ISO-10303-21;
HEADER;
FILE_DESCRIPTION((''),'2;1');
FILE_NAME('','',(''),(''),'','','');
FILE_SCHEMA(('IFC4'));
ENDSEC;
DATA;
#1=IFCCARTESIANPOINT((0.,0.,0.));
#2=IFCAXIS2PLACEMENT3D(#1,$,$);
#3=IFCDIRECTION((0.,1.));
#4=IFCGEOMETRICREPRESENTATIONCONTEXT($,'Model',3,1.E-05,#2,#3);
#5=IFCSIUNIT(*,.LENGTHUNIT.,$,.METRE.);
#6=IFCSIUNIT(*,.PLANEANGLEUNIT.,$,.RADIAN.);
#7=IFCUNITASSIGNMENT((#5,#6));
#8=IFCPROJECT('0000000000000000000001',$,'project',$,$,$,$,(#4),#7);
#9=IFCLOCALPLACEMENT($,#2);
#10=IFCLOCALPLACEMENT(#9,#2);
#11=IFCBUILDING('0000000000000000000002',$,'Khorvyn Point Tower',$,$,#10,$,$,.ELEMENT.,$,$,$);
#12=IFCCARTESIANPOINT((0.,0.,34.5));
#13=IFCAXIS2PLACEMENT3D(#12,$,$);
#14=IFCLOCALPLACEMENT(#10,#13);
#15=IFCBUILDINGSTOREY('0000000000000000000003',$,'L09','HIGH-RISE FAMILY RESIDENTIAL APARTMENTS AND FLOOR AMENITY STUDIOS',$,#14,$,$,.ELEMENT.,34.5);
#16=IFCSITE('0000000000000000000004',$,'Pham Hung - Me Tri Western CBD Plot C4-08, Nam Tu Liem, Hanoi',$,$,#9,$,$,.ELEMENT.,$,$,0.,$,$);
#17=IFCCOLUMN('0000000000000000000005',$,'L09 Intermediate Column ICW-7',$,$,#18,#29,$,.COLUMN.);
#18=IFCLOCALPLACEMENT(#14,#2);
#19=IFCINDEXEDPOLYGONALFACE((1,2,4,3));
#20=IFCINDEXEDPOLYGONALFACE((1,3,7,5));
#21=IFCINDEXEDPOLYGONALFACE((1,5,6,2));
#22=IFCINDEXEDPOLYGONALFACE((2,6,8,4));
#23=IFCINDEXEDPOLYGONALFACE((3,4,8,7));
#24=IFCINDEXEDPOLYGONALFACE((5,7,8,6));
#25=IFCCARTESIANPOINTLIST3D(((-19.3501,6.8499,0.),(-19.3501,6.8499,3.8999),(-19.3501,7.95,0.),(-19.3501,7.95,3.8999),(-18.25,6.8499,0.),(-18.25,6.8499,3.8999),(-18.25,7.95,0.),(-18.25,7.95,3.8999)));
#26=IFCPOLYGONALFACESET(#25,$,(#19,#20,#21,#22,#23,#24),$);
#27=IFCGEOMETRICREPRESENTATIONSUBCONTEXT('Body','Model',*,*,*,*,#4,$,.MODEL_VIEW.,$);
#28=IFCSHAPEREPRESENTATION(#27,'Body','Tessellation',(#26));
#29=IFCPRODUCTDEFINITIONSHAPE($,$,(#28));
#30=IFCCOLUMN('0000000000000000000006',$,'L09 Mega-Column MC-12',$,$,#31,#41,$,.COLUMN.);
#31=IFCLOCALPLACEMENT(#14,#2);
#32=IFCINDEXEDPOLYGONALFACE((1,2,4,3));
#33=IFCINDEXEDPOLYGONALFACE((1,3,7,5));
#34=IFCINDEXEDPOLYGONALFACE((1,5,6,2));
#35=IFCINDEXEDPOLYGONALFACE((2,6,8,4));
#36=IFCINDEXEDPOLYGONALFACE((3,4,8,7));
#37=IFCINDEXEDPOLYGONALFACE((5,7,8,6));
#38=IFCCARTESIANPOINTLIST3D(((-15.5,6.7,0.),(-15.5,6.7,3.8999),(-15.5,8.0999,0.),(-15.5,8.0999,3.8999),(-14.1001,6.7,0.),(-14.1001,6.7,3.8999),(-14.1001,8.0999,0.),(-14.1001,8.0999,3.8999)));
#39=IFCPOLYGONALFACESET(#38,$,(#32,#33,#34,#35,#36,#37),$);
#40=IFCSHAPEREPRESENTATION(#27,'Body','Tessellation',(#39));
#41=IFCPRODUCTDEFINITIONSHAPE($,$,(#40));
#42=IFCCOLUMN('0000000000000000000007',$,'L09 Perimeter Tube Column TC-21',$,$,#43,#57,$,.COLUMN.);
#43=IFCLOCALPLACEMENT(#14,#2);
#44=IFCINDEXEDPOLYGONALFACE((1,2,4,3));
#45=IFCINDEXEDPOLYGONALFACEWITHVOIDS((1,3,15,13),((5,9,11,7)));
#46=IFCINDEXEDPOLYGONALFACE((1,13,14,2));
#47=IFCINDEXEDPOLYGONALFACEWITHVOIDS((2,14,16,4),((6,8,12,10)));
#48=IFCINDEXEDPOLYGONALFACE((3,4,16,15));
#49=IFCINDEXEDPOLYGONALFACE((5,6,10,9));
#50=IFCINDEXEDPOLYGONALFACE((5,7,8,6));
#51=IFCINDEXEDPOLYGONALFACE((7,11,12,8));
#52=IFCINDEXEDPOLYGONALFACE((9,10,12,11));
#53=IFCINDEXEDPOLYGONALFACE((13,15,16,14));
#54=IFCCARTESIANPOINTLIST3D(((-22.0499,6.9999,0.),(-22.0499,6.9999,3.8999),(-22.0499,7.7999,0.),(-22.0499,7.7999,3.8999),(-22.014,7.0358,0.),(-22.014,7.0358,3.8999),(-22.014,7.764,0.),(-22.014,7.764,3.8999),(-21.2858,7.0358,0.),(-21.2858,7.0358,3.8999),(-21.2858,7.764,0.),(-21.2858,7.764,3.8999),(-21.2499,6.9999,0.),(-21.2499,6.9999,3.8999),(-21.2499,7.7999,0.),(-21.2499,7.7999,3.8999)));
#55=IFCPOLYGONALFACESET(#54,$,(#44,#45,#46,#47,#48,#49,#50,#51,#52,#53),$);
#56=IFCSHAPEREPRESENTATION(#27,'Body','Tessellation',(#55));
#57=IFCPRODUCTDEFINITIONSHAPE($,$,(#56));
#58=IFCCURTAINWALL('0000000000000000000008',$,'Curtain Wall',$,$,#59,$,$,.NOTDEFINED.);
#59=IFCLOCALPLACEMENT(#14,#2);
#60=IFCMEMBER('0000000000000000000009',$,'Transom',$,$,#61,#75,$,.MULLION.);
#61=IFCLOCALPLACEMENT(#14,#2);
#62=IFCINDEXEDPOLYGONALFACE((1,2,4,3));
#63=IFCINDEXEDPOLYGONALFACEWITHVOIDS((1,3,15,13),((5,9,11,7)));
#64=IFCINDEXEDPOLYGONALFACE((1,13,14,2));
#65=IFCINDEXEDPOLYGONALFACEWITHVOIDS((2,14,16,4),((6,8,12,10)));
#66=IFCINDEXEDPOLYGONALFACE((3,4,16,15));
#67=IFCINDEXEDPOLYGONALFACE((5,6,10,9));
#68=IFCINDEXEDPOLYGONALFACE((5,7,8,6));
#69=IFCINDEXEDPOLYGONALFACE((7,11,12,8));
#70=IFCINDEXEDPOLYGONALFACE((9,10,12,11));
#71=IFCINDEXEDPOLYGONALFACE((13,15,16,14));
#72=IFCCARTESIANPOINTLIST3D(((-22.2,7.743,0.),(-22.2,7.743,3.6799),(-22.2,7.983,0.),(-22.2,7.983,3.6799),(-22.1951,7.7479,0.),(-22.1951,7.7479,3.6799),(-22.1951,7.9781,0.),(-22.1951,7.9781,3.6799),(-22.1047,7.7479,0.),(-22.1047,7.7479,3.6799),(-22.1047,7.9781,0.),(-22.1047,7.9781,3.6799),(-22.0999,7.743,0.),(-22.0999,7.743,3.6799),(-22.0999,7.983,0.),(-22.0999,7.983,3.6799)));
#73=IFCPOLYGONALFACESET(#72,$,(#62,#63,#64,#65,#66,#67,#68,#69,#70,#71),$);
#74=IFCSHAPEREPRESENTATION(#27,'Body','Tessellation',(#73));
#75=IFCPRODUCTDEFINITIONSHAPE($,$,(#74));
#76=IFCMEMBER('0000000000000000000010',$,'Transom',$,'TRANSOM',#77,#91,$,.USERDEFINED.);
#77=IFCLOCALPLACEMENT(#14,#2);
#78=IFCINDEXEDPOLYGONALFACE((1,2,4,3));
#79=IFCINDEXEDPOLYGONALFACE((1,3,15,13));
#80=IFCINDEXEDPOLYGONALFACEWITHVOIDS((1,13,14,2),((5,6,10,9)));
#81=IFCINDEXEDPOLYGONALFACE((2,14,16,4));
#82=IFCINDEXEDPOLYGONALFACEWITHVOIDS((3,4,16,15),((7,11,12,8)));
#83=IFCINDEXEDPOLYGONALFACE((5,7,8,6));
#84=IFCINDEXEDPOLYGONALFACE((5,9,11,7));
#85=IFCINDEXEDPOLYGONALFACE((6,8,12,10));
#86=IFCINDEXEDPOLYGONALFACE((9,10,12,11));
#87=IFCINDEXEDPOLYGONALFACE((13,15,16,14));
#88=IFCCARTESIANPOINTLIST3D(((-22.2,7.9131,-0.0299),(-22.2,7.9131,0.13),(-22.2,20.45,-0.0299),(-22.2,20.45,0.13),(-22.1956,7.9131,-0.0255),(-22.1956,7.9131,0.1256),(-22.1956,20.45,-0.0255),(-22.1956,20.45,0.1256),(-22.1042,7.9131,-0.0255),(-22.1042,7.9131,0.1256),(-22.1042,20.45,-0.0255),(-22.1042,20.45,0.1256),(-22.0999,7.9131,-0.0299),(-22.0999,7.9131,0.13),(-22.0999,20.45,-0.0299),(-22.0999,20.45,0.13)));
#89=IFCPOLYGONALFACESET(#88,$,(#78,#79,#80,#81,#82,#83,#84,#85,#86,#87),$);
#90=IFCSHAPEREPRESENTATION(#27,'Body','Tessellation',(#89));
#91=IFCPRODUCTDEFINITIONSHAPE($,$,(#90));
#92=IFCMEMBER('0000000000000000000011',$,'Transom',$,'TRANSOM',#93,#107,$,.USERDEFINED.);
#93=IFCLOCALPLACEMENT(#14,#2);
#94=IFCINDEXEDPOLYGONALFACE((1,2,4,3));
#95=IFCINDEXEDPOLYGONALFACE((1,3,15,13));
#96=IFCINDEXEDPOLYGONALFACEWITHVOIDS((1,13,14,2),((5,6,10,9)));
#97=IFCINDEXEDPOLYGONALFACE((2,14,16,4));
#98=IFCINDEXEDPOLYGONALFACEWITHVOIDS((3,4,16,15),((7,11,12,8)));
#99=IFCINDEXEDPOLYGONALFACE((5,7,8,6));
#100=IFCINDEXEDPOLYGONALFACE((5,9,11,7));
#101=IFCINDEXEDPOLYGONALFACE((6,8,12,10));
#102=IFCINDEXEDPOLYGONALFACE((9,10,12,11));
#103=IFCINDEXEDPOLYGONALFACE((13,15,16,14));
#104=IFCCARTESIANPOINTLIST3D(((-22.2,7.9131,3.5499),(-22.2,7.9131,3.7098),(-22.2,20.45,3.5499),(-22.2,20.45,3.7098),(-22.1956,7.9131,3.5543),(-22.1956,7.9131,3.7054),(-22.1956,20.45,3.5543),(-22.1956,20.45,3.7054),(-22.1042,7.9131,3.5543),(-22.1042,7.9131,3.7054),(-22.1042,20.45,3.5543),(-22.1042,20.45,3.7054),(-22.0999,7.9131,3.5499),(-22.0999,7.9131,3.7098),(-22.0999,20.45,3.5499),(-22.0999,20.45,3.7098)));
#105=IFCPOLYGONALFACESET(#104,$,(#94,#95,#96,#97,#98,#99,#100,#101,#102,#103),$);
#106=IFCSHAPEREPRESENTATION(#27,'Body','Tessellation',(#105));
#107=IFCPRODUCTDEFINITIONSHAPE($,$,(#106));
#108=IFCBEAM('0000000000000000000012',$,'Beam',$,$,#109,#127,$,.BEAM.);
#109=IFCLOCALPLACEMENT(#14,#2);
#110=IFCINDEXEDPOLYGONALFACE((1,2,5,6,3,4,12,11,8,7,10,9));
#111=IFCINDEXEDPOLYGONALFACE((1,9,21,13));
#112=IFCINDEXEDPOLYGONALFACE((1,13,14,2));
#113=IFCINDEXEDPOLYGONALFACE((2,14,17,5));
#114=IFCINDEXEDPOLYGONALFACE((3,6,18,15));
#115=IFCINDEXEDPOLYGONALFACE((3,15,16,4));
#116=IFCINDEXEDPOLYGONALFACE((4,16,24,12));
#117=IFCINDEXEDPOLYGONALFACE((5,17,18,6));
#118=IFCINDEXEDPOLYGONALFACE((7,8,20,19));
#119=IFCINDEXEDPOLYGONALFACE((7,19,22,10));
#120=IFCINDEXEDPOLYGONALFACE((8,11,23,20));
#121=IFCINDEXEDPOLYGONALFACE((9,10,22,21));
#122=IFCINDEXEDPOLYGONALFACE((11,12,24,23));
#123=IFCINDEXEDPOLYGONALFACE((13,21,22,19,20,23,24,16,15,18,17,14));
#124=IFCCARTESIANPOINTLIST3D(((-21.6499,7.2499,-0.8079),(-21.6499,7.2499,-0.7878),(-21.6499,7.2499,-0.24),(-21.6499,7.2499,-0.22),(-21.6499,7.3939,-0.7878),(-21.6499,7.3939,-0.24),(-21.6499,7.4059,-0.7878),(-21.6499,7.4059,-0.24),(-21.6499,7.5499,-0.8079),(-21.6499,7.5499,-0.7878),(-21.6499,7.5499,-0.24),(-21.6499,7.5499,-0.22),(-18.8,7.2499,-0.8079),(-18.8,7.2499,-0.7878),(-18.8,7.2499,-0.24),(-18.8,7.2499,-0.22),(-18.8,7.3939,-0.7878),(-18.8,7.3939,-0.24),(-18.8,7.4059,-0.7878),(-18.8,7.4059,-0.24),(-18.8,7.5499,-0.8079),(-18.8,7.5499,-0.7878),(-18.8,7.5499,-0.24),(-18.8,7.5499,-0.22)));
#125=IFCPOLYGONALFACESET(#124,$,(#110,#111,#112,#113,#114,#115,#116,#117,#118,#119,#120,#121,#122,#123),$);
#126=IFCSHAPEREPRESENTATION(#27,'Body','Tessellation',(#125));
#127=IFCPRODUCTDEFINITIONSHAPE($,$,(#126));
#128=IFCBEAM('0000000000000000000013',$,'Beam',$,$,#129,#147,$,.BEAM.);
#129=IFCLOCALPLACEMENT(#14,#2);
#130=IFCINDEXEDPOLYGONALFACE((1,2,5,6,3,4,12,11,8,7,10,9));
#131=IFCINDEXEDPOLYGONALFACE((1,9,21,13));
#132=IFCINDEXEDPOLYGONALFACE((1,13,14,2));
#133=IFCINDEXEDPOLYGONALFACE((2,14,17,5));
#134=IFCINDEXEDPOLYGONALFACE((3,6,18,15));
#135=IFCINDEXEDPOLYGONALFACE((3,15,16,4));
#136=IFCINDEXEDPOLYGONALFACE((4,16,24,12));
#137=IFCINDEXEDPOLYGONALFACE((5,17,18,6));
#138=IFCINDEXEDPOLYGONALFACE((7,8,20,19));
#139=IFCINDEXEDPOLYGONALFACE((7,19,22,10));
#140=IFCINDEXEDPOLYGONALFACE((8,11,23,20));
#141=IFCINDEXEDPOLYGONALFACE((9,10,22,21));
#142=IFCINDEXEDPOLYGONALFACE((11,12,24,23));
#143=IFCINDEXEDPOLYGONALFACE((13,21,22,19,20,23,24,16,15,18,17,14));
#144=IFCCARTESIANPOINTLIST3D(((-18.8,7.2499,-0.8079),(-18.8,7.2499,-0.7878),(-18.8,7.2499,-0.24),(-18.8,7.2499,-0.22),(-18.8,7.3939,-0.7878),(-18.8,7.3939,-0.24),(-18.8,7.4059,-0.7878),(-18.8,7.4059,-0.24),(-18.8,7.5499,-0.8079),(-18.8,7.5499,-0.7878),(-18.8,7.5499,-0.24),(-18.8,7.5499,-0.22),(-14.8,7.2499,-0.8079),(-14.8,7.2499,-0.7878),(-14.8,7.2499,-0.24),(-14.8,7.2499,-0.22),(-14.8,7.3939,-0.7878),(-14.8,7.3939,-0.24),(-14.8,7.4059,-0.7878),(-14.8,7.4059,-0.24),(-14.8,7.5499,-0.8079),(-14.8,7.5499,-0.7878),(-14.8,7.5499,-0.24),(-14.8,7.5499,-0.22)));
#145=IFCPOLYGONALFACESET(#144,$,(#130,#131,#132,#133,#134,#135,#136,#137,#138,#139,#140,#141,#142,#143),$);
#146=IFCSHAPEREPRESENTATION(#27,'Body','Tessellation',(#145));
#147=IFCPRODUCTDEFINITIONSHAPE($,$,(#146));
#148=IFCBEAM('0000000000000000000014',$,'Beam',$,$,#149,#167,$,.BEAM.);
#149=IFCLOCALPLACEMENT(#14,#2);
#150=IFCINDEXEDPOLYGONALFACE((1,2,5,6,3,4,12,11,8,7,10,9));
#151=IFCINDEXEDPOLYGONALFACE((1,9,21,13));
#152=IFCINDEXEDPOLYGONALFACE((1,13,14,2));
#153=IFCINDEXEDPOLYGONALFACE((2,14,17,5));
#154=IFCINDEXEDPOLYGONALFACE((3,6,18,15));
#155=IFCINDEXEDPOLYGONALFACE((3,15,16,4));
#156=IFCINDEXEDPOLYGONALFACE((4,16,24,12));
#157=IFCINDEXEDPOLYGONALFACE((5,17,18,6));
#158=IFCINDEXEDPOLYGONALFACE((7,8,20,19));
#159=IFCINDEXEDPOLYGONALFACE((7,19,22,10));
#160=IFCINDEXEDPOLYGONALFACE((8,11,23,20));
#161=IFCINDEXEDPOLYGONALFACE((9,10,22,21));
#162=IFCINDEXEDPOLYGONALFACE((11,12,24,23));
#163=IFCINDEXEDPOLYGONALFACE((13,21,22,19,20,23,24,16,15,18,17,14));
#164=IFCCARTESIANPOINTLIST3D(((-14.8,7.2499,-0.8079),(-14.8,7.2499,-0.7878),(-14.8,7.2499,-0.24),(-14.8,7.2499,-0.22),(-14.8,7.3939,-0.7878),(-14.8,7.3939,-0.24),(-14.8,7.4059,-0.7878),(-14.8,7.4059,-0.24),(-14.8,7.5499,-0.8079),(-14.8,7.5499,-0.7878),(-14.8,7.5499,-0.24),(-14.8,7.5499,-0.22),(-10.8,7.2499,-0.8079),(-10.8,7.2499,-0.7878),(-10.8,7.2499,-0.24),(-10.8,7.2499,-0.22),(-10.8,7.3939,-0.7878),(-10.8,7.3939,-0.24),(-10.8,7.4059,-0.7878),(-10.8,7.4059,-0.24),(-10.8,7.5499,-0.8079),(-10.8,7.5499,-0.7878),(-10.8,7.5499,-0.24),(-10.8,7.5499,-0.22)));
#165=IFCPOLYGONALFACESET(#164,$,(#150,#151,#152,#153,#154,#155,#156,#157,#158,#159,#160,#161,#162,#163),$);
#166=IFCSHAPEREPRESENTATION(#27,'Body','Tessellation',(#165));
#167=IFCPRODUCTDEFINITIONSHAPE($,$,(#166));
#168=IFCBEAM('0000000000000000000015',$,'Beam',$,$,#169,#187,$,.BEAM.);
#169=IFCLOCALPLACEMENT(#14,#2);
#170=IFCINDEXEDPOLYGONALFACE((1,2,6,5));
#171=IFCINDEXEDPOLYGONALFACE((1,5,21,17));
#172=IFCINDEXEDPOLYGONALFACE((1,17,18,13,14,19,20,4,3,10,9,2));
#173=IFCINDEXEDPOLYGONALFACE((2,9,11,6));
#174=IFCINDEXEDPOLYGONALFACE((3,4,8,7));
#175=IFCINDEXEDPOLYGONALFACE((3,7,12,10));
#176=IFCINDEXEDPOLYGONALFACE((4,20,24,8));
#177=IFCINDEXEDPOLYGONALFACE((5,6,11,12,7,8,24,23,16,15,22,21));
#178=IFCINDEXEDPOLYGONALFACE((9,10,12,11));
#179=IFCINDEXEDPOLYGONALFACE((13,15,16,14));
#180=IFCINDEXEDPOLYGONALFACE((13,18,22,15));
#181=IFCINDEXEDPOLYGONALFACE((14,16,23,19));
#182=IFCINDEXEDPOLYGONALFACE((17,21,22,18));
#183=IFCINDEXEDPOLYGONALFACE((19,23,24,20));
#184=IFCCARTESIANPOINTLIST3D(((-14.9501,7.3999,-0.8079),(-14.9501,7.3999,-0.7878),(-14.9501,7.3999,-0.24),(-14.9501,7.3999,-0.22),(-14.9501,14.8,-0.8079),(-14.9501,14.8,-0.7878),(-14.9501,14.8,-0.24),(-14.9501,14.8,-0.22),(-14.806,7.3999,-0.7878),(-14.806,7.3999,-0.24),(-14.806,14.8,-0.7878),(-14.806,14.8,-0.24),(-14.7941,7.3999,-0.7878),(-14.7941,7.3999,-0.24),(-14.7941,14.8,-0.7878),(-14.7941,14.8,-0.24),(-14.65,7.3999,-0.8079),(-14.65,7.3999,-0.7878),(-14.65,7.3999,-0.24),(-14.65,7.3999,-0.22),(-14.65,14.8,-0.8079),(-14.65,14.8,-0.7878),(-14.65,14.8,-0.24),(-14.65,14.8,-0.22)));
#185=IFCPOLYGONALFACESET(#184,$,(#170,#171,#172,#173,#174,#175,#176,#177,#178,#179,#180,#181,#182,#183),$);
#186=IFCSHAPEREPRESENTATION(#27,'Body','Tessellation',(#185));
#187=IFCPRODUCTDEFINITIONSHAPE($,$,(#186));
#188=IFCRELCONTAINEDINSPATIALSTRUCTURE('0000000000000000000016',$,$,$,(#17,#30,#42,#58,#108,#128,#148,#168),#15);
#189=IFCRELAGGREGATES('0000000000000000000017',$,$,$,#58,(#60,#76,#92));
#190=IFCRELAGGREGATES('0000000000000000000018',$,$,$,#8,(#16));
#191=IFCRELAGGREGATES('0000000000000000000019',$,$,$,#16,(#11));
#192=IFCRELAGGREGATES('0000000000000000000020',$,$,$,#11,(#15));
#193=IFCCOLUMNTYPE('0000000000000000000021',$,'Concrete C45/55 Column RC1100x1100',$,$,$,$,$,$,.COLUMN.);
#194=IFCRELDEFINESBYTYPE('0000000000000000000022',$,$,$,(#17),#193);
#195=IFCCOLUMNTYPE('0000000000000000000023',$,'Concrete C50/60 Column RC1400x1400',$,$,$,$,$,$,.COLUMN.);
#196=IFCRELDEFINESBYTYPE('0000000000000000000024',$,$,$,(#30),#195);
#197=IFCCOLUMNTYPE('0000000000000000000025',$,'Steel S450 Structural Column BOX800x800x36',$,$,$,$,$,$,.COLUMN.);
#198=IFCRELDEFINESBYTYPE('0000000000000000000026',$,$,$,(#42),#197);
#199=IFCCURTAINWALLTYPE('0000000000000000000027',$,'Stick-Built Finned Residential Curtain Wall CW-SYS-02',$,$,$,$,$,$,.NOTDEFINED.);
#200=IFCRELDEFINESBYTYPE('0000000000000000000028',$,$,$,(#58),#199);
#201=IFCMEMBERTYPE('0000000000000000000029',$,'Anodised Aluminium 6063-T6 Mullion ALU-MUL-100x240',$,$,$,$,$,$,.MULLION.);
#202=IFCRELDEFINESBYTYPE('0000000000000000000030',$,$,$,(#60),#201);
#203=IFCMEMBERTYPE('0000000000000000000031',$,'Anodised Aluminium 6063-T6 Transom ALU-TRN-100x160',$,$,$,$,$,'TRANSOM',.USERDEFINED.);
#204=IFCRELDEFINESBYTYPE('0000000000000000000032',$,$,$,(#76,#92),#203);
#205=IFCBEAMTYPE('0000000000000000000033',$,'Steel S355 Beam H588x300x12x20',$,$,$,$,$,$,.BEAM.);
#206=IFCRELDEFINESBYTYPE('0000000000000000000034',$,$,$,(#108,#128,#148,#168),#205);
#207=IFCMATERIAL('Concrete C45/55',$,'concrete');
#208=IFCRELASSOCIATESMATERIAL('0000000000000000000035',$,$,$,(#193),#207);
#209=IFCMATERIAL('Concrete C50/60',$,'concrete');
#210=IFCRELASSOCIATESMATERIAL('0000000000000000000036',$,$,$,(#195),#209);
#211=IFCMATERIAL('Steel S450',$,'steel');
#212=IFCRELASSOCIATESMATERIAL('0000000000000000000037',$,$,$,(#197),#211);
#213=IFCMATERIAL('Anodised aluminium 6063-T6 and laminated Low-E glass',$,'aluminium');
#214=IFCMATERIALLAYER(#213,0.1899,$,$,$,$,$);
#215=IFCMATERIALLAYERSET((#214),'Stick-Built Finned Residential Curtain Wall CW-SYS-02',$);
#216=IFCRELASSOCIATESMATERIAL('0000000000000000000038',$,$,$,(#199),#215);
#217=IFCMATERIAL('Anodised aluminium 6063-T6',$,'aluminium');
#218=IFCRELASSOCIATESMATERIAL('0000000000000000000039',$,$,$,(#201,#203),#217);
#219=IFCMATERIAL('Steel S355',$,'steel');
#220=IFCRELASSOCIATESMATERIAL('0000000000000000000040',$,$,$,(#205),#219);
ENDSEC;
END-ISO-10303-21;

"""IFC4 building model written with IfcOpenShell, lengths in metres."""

from ifc_helpers import new_model, si_unit, direction, frame, origin, origin_2d, place, context, subcontext, project, spatial, rectangle, hollow_rectangle, i_section, extrude, material, layer, layer_set, material_profile, profile_set, type_object, element, aggregate, save


model = new_model("IFC4")

# Units and contexts
model_context = context("Model", 3, precision=1e-05, world=origin(), true_north=direction((0.0, 1.0)))
body_context = subcontext(model_context, "Body", "Model", "MODEL_VIEW")
ifc_project = project(units=[si_unit("LENGTHUNIT", "METRE"), si_unit("PLANEANGLEUNIT", "RADIAN")], contexts=[model_context])

# Site, building, storey
site_placement = place(None, origin())
site = spatial("IfcSite", under=ifc_project, at=site_placement, Name="Pham Hung - Me Tri Western CBD Plot C4-08, Nam Tu Liem, Hanoi", CompositionType="ELEMENT", RefElevation=0.0)
building_placement = place(site_placement, origin())
building = spatial("IfcBuilding", under=site, at=building_placement, Name="Khorvyn Point Tower", CompositionType="ELEMENT")
storey_placement = place(building_placement, frame((0.0, 0.0, 34.5)))
storey = spatial("IfcBuildingStorey", under=building, at=storey_placement, Name="L09", Description="HIGH-RISE FAMILY RESIDENTIAL APARTMENTS AND FLOOR AMENITY STUDIOS", CompositionType="ELEMENT", Elevation=34.5)

# Columns
ifc_material_1 = material(Name="Concrete C45/55", Category="concrete")
ifc_material_profile_1 = material_profile(ifc_material_1, rectangle(XDim=1.1001, YDim=1.1001, at=origin_2d()))
ifc_profile_set_1 = profile_set([ifc_material_profile_1], Name="Concrete C45/55 RC1100x1100")
column_type_1 = type_object("IfcColumnType", Name="Concrete C45/55 Column RC1100x1100", PredefinedType="COLUMN", material=ifc_profile_set_1)
column_1_placement = place(storey_placement, frame((-18.8, 7.3999, 0.0), z_axis=(0.0, 0.0, 1.0), x_axis=(1.0, 0.0, 0.0)))
element("IfcColumn", 1, at=column_1_placement, inside=storey, type_object=column_type_1, Name="L09 Intermediate Column ICW-7", PredefinedType="COLUMN", context=body_context, shape_type="SweptSolid", body=[
    extrude(rectangle(XDim=1.1001, YDim=1.1001, at=origin_2d()), origin(), (0.0, 0.0, 1.0), 3.8999),
])
ifc_material_2 = material(Name="Concrete C50/60", Category="concrete")
ifc_material_profile_2 = material_profile(ifc_material_2, rectangle(XDim=1.3999, YDim=1.3999, at=origin_2d()))
ifc_profile_set_2 = profile_set([ifc_material_profile_2], Name="Concrete C50/60 RC1400x1400")
column_type_2 = type_object("IfcColumnType", Name="Concrete C50/60 Column RC1400x1400", PredefinedType="COLUMN", material=ifc_profile_set_2)
column_2_placement = place(storey_placement, frame((-14.8, 7.3999, 0.0), z_axis=(0.0, 0.0, 1.0), x_axis=(1.0, 0.0, 0.0)))
element("IfcColumn", 2, at=column_2_placement, inside=storey, type_object=column_type_2, Name="L09 Mega-Column MC-12", PredefinedType="COLUMN", context=body_context, shape_type="SweptSolid", body=[
    extrude(rectangle(XDim=1.3999, YDim=1.3999, at=origin_2d()), origin(), (0.0, 0.0, 1.0), 3.8999),
])
ifc_material_3 = material(Name="Steel S450", Category="steel")
ifc_material_profile_3 = material_profile(ifc_material_3, hollow_rectangle(XDim=0.8, YDim=0.8, WallThickness=0.0359, at=origin_2d()))
ifc_profile_set_3 = profile_set([ifc_material_profile_3], Name="Steel S450 BOX800x800x36")
column_type_3 = type_object("IfcColumnType", Name="Steel S450 Structural Column BOX800x800x36", PredefinedType="COLUMN", material=ifc_profile_set_3)
column_3_placement = place(storey_placement, frame((-21.6499, 7.3999, 0.0), z_axis=(0.0, 0.0, 1.0), x_axis=(1.0, 0.0, 0.0)))
element("IfcColumn", 3, at=column_3_placement, inside=storey, type_object=column_type_3, Name="L09 Perimeter Tube Column TC-21", PredefinedType="COLUMN", context=body_context, shape_type="SweptSolid", body=[
    extrude(hollow_rectangle(XDim=0.8, YDim=0.8, WallThickness=0.0359, at=origin_2d()), origin(), (0.0, 0.0, 1.0), 3.8999),
])

# Curtain wall, members
ifc_material_4 = material(Name="Anodised aluminium 6063-T6 and laminated Low-E glass", Category="aluminium")
ifc_layer_1 = layer(ifc_material_4, 0.1899)
ifc_layer_set_1 = layer_set([ifc_layer_1], Name="Stick-Built Finned Residential Curtain Wall CW-SYS-02")
curtain_wall_type = type_object("IfcCurtainWallType", Name="Stick-Built Finned Residential Curtain Wall CW-SYS-02", PredefinedType="NOTDEFINED", material=ifc_layer_set_1)
curtain_wall_placement = place(storey_placement, origin())
curtain_wall = element("IfcCurtainWall", 4, at=curtain_wall_placement, inside=storey, type_object=curtain_wall_type, Name="Curtain Wall", PredefinedType="NOTDEFINED")
ifc_material_5 = material(Name="Anodised aluminium 6063-T6", Category="aluminium")
ifc_material_profile_4 = material_profile(ifc_material_5, hollow_rectangle(XDim=0.1001, YDim=0.24, WallThickness=0.0049, at=origin_2d()))
ifc_profile_set_4 = profile_set([ifc_material_profile_4], Name="Anodised aluminium 6063-T6 ALU-MUL-100x240")
member_type_1 = type_object("IfcMemberType", Name="Anodised Aluminium 6063-T6 Mullion ALU-MUL-100x240", PredefinedType="MULLION", material=ifc_profile_set_4)
member_1_placement = place(storey_placement, frame((-22.1499, 7.863, 0.0), z_axis=(0.0, 0.0, 1.0), x_axis=(-1.0, 0.0, 0.0)))
member_1 = element("IfcMember", 5, at=member_1_placement, type_object=member_type_1, Name="Transom", PredefinedType="MULLION", context=body_context, shape_type="SweptSolid", body=[
    extrude(hollow_rectangle(XDim=0.1001, YDim=0.24, WallThickness=0.0049, at=origin_2d()), origin(), (0.0, 0.0, 1.0), 3.6799),
])
ifc_material_profile_5 = material_profile(ifc_material_5, hollow_rectangle(XDim=0.1001, YDim=0.1599, WallThickness=0.0044, at=origin_2d()))
ifc_profile_set_5 = profile_set([ifc_material_profile_5], Name="Anodised aluminium 6063-T6 ALU-TRN-100x160")
member_type_2 = type_object("IfcMemberType", Name="Anodised Aluminium 6063-T6 Transom ALU-TRN-100x160", ElementType="TRANSOM", PredefinedType="USERDEFINED", material=ifc_profile_set_5)
member_2_placement = place(storey_placement, frame((-22.1499, 7.9131, 0.05), z_axis=(0.0, 1.0, 0.0), x_axis=(-1.0, 0.0, 0.0)))
member_2 = element("IfcMember", 6, at=member_2_placement, type_object=member_type_2, Name="Transom", ObjectType="TRANSOM", PredefinedType="USERDEFINED", context=body_context, shape_type="SweptSolid", body=[
    extrude(hollow_rectangle(XDim=0.1001, YDim=0.1599, WallThickness=0.0044, at=origin_2d()), origin(), (0.0, 0.0, 1.0), 12.5369),
])
member_3_placement = place(storey_placement, frame((-22.1499, 7.9131, 3.6299), z_axis=(0.0, 1.0, 0.0), x_axis=(-1.0, 0.0, 0.0)))
member_3 = element("IfcMember", 7, at=member_3_placement, type_object=member_type_2, Name="Transom", ObjectType="TRANSOM", PredefinedType="USERDEFINED", context=body_context, shape_type="SweptSolid", body=[
    extrude(hollow_rectangle(XDim=0.1001, YDim=0.1599, WallThickness=0.0044, at=origin_2d()), origin(), (0.0, 0.0, 1.0), 12.5369),
])

# Beams
ifc_material_6 = material(Name="Steel S355", Category="steel")
ifc_material_profile_6 = material_profile(ifc_material_6, i_section(OverallWidth=0.3, OverallDepth=0.5879, WebThickness=0.012, FlangeThickness=0.02, at=origin_2d()))
ifc_profile_set_6 = profile_set([ifc_material_profile_6], Name="Steel S355 H588x300x12x20")
beam_type_1 = type_object("IfcBeamType", Name="Steel S355 Beam H588x300x12x20", PredefinedType="BEAM", material=ifc_profile_set_6)
beam_1_placement = place(storey_placement, frame((-21.6499, 7.3999, -0.5139), z_axis=(1.0, 0.0, 0.0), x_axis=(0.0, 1.0, 0.0)))
element("IfcBeam", 8, at=beam_1_placement, inside=storey, type_object=beam_type_1, Name="Beam", PredefinedType="BEAM", context=body_context, shape_type="SweptSolid", body=[
    extrude(i_section(OverallWidth=0.3, OverallDepth=0.5879, WebThickness=0.012, FlangeThickness=0.02, at=origin_2d()), origin(), (0.0, 0.0, 1.0), 2.8499),
])
for number, where, z_axis, x_axis, name in (
    (9, (-18.8, 7.3999, -0.5139), (1.0, 0.0, 0.0), (0.0, 1.0, 0.0), "Beam"),
    (10, (-14.8, 7.3999, -0.5139), (1.0, 0.0, 0.0), (0.0, 1.0, 0.0), "Beam"),
):
    element("IfcBeam", number, at=place(storey_placement, frame(where, z_axis=z_axis, x_axis=x_axis)), inside=storey, type_object=beam_type_1, Name=name, PredefinedType="BEAM", context=body_context, shape_type="SweptSolid", body=[
        extrude(i_section(OverallWidth=0.3, OverallDepth=0.5879, WebThickness=0.012, FlangeThickness=0.02, at=origin_2d()), origin(), (0.0, 0.0, 1.0), 4.0),
    ])
for number, where, z_axis, x_axis, name in (
    (11, (-14.8, 7.3999, -0.5139), (0.0, 1.0, 0.0), (-1.0, 0.0, 0.0), "Beam"),
):
    element("IfcBeam", number, at=place(storey_placement, frame(where, z_axis=z_axis, x_axis=x_axis)), inside=storey, type_object=beam_type_1, Name=name, PredefinedType="BEAM", context=body_context, shape_type="SweptSolid", body=[
        extrude(i_section(OverallWidth=0.3, OverallDepth=0.5879, WebThickness=0.012, FlangeThickness=0.02, at=origin_2d()), origin(), (0.0, 0.0, 1.0), 7.4001),
    ])

aggregate(curtain_wall, [member_1, member_2, member_3])

save(model, "model.ifc")
